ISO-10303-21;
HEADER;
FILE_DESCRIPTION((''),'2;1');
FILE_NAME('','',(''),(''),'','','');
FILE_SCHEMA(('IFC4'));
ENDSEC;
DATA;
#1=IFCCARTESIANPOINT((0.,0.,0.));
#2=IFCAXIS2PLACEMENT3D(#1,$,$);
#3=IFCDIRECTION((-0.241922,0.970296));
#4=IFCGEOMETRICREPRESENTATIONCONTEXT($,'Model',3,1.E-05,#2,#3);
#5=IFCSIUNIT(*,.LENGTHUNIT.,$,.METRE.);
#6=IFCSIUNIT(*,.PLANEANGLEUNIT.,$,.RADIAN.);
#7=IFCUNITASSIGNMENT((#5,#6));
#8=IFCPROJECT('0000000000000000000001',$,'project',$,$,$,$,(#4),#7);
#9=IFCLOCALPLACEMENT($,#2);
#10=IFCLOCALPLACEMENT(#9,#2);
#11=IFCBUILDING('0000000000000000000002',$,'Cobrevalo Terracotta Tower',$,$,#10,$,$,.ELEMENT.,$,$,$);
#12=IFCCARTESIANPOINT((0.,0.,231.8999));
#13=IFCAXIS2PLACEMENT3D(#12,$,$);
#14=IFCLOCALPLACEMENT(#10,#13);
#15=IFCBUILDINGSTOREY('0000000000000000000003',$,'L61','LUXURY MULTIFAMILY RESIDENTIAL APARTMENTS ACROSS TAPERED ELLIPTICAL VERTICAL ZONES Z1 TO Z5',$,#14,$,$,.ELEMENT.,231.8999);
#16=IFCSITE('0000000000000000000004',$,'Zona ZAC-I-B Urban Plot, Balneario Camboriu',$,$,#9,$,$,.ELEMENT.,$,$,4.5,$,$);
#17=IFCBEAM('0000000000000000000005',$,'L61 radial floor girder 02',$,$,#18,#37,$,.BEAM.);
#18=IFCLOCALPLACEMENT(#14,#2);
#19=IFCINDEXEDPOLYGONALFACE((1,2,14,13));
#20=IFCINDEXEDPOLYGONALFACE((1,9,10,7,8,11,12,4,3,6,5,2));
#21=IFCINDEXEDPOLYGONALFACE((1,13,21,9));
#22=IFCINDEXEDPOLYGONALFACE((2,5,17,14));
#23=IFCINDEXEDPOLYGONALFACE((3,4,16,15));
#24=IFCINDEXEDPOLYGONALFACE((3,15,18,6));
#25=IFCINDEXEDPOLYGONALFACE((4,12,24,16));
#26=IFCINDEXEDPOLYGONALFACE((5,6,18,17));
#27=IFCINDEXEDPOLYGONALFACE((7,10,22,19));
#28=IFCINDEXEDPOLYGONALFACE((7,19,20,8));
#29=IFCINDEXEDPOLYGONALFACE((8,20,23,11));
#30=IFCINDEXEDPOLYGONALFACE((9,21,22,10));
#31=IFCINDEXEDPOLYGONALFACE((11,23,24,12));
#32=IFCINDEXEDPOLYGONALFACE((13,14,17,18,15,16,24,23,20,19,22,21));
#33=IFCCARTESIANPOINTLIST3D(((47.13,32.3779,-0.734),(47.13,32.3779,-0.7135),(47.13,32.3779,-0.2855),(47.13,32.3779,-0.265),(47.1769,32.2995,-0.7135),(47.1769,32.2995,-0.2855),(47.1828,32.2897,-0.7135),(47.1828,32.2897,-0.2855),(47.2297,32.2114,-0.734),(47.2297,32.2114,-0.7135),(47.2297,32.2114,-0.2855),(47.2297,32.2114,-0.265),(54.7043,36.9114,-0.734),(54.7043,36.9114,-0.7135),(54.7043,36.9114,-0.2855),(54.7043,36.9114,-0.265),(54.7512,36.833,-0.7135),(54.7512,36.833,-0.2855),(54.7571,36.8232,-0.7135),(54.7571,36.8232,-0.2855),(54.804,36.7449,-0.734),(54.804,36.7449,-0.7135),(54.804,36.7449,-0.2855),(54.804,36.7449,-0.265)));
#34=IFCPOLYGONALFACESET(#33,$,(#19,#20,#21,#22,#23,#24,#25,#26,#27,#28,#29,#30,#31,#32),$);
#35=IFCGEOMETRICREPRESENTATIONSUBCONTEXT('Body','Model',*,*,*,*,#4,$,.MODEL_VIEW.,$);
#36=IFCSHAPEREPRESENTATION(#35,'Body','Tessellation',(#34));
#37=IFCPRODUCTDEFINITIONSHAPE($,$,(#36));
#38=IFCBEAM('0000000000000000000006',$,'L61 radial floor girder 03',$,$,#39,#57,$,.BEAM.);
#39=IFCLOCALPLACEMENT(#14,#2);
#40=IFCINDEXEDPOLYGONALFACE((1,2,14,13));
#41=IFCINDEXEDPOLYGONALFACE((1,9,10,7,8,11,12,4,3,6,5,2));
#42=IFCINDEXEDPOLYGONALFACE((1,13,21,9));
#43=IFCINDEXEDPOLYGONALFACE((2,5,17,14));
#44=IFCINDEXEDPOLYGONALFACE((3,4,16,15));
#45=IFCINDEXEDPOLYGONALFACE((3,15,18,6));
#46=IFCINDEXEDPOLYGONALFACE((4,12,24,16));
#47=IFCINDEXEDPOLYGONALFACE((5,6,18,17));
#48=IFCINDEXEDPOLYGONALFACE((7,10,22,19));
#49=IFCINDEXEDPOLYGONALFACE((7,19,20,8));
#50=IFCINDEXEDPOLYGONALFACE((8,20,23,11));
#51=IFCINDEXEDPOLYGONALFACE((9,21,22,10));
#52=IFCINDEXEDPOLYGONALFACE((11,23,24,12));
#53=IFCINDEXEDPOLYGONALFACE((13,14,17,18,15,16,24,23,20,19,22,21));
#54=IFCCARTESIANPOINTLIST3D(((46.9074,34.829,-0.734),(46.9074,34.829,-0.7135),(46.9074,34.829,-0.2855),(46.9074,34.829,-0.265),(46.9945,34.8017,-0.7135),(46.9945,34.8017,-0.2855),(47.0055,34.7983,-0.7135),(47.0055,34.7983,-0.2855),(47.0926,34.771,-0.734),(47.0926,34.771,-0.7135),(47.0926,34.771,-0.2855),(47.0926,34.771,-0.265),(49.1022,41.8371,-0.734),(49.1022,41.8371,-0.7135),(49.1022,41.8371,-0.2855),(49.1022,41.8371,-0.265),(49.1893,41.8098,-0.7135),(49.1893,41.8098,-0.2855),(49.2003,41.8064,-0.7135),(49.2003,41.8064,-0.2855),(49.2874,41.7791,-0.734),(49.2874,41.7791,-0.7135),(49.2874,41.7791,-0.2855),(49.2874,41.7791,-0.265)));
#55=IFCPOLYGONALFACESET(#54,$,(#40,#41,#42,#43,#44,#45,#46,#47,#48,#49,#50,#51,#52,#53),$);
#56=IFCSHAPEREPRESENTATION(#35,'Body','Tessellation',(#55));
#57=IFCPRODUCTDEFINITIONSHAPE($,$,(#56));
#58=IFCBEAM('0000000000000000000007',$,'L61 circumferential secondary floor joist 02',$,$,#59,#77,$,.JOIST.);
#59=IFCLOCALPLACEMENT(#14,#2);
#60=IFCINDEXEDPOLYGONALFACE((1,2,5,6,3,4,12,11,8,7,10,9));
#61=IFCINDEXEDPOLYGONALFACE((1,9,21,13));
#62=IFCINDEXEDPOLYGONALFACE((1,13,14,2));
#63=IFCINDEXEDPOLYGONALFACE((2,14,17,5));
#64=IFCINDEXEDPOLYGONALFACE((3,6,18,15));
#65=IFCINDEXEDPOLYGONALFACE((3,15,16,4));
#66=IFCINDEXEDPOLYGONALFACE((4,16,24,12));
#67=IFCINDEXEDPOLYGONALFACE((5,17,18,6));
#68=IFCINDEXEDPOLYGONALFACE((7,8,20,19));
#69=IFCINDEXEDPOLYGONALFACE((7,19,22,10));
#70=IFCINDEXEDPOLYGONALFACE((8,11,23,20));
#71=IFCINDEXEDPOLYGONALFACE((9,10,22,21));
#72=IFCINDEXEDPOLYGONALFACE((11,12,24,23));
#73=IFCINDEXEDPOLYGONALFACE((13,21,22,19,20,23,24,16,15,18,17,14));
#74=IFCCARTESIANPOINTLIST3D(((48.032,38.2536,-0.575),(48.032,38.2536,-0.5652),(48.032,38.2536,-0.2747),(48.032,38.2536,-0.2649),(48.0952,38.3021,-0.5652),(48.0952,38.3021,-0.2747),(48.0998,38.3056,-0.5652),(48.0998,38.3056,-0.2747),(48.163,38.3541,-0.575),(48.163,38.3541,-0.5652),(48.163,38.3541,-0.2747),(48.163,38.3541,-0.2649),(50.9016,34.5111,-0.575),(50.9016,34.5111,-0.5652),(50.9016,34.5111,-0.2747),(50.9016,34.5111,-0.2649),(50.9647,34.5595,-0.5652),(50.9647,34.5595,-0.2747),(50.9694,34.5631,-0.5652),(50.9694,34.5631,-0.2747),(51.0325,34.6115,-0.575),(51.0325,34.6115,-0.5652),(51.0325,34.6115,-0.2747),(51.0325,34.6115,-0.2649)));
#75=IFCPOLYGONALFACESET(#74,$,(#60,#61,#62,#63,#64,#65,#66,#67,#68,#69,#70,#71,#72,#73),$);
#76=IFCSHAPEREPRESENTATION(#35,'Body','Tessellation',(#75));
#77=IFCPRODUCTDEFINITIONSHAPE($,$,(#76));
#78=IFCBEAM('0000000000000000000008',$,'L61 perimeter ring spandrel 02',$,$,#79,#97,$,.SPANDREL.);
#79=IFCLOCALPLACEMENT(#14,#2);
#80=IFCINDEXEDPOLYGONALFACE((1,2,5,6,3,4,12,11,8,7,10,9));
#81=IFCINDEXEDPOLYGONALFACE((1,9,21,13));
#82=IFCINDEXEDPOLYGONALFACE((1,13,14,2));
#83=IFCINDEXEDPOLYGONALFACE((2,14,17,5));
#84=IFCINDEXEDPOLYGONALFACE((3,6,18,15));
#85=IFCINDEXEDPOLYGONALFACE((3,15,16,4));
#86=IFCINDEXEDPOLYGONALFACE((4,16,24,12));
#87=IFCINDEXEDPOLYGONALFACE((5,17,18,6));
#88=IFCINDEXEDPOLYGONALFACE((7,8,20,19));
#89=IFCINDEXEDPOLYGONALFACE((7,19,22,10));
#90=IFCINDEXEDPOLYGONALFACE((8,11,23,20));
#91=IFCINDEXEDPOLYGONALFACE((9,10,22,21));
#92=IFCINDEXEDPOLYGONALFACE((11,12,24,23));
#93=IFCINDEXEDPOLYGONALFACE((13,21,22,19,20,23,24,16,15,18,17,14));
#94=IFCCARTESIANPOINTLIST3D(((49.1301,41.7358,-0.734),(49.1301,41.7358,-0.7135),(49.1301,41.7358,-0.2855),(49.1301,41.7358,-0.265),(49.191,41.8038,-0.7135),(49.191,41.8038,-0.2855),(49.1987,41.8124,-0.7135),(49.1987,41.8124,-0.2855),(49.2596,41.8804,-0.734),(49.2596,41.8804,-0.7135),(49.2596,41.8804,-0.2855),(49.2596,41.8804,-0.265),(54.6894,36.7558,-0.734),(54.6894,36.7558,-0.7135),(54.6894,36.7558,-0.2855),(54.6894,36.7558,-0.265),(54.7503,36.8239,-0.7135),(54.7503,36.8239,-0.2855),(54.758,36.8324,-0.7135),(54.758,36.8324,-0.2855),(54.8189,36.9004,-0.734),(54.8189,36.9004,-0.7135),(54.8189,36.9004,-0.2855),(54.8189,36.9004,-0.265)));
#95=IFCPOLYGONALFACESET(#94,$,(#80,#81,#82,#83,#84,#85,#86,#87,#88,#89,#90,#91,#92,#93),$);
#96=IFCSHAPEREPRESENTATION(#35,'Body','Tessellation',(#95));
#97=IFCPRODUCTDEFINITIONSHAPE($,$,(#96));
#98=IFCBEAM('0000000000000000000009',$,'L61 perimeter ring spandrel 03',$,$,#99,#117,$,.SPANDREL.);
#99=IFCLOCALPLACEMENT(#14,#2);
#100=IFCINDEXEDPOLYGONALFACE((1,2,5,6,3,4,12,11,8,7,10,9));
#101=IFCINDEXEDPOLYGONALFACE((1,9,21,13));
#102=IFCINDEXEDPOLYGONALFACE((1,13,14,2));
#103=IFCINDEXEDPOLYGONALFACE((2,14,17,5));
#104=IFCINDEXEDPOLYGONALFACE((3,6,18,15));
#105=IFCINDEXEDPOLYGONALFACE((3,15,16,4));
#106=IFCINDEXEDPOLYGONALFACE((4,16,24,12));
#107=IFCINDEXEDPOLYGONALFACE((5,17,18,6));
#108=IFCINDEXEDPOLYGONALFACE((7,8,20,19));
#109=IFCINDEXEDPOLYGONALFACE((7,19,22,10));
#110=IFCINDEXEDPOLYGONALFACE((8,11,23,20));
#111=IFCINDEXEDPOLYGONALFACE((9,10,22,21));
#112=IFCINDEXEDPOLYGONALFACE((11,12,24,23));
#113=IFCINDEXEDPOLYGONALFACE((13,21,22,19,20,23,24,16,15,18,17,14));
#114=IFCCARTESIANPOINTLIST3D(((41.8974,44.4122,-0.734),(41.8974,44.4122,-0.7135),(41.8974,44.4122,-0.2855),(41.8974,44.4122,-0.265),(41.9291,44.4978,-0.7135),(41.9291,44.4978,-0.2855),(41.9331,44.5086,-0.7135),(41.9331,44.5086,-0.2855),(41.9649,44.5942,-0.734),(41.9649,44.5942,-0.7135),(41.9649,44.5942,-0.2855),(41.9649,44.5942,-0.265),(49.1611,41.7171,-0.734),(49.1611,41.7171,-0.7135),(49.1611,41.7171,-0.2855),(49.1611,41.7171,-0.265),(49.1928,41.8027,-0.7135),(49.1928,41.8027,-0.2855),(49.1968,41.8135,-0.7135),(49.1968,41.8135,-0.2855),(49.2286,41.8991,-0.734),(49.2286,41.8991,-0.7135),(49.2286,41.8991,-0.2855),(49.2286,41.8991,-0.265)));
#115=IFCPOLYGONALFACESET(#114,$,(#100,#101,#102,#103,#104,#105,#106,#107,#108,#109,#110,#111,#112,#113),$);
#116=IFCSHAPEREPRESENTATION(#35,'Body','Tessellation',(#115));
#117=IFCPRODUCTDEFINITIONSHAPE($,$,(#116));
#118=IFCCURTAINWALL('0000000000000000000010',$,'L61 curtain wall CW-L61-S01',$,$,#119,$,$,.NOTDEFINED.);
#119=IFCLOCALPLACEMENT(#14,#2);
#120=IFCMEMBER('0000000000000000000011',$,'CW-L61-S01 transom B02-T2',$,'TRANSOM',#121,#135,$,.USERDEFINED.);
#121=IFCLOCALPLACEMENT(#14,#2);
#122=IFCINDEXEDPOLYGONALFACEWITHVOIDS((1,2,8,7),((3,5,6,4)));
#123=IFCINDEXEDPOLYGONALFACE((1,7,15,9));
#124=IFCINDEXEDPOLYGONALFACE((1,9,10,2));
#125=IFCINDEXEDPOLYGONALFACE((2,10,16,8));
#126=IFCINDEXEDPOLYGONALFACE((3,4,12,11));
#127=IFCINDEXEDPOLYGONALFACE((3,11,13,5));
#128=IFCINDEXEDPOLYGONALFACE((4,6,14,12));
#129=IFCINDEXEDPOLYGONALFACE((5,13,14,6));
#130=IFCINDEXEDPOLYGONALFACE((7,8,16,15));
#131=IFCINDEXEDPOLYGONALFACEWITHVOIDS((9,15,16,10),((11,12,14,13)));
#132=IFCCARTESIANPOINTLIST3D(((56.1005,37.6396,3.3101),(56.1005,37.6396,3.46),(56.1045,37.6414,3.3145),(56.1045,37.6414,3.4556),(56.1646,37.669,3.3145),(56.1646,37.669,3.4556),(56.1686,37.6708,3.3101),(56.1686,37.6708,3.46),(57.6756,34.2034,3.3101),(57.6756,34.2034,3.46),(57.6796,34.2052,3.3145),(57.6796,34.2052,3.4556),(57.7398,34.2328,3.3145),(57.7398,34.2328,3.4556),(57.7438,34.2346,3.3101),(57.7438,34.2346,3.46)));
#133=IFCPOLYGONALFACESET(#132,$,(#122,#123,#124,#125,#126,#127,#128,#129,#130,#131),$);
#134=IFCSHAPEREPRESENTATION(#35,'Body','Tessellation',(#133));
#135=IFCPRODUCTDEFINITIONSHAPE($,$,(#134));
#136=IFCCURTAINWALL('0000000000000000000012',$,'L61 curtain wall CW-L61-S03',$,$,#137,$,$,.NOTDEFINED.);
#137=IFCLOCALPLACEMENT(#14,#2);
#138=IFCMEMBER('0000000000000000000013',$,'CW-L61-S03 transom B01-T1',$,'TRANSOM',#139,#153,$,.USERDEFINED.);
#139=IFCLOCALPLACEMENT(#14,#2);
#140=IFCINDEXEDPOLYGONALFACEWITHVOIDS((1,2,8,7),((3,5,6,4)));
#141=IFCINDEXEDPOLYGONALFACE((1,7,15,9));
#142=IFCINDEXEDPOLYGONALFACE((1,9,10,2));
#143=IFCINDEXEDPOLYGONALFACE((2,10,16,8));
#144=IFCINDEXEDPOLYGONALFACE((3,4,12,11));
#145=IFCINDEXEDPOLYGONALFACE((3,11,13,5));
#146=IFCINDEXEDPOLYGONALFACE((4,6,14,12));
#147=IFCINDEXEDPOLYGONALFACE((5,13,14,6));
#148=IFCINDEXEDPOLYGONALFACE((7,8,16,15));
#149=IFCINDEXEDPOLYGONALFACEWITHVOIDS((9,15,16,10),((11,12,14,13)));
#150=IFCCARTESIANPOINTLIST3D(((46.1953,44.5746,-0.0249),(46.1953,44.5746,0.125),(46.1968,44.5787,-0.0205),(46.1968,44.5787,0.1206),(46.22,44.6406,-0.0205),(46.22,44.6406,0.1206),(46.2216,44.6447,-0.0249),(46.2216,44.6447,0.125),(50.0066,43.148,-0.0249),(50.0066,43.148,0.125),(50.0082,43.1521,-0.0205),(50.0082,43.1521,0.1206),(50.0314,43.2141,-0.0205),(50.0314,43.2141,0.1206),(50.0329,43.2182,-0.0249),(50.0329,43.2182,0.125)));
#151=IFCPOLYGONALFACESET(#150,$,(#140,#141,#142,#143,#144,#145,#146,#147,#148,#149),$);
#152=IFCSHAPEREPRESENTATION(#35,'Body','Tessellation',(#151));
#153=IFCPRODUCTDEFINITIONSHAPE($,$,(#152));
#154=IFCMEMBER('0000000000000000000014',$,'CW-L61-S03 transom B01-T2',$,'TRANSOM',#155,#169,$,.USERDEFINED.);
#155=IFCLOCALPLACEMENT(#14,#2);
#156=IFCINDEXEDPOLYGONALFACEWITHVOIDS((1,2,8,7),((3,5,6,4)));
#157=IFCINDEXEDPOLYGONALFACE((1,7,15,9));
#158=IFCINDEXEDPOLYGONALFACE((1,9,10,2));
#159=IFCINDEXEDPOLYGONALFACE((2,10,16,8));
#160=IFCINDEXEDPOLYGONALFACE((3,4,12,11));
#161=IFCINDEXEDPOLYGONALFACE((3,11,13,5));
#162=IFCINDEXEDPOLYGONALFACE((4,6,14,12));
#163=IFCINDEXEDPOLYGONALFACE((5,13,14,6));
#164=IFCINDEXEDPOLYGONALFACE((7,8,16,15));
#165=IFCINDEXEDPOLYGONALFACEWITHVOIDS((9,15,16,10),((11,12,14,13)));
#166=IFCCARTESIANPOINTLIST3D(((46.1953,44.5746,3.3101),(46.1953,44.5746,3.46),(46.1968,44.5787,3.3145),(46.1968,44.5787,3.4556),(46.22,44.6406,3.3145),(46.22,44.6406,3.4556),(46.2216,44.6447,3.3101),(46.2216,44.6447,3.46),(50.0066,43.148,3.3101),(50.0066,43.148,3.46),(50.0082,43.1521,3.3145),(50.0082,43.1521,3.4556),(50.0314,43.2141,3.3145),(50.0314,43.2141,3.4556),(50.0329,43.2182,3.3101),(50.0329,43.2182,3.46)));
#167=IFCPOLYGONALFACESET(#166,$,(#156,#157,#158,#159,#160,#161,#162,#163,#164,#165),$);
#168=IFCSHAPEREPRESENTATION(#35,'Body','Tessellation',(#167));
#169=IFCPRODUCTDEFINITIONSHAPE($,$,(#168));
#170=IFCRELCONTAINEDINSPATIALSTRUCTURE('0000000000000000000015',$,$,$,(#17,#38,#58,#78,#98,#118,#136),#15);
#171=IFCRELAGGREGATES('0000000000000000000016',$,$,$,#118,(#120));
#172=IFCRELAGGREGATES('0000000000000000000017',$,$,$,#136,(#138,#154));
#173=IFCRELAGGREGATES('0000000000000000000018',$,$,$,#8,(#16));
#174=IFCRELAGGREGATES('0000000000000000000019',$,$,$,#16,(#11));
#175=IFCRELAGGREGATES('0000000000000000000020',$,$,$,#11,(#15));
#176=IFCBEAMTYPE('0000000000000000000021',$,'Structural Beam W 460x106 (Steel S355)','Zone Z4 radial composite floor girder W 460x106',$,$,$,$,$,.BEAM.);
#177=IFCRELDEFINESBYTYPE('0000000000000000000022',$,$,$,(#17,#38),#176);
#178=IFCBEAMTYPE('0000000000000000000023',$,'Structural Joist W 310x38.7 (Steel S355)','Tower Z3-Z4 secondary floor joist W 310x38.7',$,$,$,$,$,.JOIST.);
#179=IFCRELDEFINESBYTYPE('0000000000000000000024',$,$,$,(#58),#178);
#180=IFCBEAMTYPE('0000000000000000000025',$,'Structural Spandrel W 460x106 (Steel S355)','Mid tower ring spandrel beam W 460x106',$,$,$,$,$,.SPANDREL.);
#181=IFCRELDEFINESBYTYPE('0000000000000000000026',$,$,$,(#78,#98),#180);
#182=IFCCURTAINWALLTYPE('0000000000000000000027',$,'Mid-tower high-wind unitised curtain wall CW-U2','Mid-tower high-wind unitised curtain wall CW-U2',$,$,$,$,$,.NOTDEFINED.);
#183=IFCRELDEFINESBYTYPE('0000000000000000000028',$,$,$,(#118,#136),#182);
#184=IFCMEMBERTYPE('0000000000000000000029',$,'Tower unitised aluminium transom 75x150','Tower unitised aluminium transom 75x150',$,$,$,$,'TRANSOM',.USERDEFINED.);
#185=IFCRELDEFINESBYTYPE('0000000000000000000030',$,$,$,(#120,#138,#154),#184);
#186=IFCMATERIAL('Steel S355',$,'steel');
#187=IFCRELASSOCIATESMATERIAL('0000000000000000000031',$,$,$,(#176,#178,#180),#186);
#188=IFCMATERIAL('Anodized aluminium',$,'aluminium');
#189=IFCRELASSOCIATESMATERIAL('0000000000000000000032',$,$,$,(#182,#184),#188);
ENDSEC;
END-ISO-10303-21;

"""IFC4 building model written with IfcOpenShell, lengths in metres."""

from ifc_helpers import new_model, si_unit, direction, frame, origin, origin_2d, place, context, subcontext, project, spatial, hollow_rectangle, i_section, extrude, source, transform, mapped, material, material_profile, profile_set, type_object, element, aggregate, save


model = new_model("IFC4")

# Units and contexts
model_context = context("Model", 3, precision=1e-05, world=origin(), true_north=direction((-0.241922, 0.970296)))
body_context = subcontext(model_context, "Body", "Model", "MODEL_VIEW")
ifc_project = project(units=[si_unit("LENGTHUNIT", "METRE"), si_unit("PLANEANGLEUNIT", "RADIAN")], contexts=[model_context])

# Site, building, storey
site_placement = place(None, origin())
site = spatial("IfcSite", under=ifc_project, at=site_placement, Name="Zona ZAC-I-B Urban Plot, Balneario Camboriu", CompositionType="ELEMENT", RefElevation=4.5)
building_placement = place(site_placement, origin())
building = spatial("IfcBuilding", under=site, at=building_placement, Name="Cobrevalo Terracotta Tower", CompositionType="ELEMENT")
storey_placement = place(building_placement, frame((0.0, 0.0, 231.8999)))
storey = spatial("IfcBuildingStorey", under=building, at=storey_placement, Name="L61", Description="LUXURY MULTIFAMILY RESIDENTIAL APARTMENTS ACROSS TAPERED ELLIPTICAL VERTICAL ZONES Z1 TO Z5", CompositionType="ELEMENT", Elevation=231.8999)

# Shared definitions
ifc_material_1 = material(Name="Steel S355", Category="steel")

# Beams
ifc_material_profile_1 = material_profile(ifc_material_1, i_section(OverallWidth=0.1941, OverallDepth=0.469, WebThickness=0.0115, FlangeThickness=0.0205, at=origin_2d()), Name="W 460x106")
ifc_profile_set_1 = profile_set([ifc_material_profile_1], Name="Steel S355")
beam_type_1 = type_object("IfcBeamType", Name="Structural Beam W 460x106 (Steel S355)", Description="Zone Z4 radial composite floor girder W 460x106", PredefinedType="BEAM", material=ifc_profile_set_1)
beam_1_placement = place(storey_placement, frame((54.7542, 36.8281, -0.4995), z_axis=(-0.858046, -0.513572, 0.0), x_axis=(0.513572, -0.858046, 0.0)))
element("IfcBeam", 1, at=beam_1_placement, inside=storey, type_object=beam_type_1, Name="L61 radial floor girder 02", PredefinedType="BEAM", context=body_context, shape_type="SweptSolid", body=[
    extrude(i_section(OverallWidth=0.1941, OverallDepth=0.469, WebThickness=0.0115, FlangeThickness=0.0205, at=origin_2d()), origin(), (0.0, 0.0, 1.0), 8.8274),
])
beam_2_placement = place(storey_placement, frame((49.1948, 41.8081, -0.4995), z_axis=(-0.298871, -0.954293, 0.0), x_axis=(0.954293, -0.298871, 0.0)))
element("IfcBeam", 2, at=beam_2_placement, inside=storey, type_object=beam_type_1, Name="L61 radial floor girder 03", PredefinedType="BEAM", context=body_context, shape_type="SweptSolid", body=[
    extrude(i_section(OverallWidth=0.1941, OverallDepth=0.469, WebThickness=0.0115, FlangeThickness=0.0205, at=origin_2d()), origin(), (0.0, 0.0, 1.0), 7.3438),
])
ifc_material_profile_2 = material_profile(ifc_material_1, i_section(OverallWidth=0.165, OverallDepth=0.3101, WebThickness=0.0059, FlangeThickness=0.0098, at=origin_2d()), Name="W 310x38.7")
ifc_profile_set_2 = profile_set([ifc_material_profile_2], Name="Steel S355")
beam_type_2 = type_object("IfcBeamType", Name="Structural Joist W 310x38.7 (Steel S355)", Description="Tower Z3-Z4 secondary floor joist W 310x38.7", PredefinedType="JOIST", material=ifc_profile_set_2)
beam_3_placement = place(storey_placement, frame((50.967, 34.5613, -0.4199), z_axis=(-0.608464, 0.793581, 0.0), x_axis=(-0.793581, -0.608464, 0.0)))
element("IfcBeam", 3, at=beam_3_placement, inside=storey, type_object=beam_type_2, Name="L61 circumferential secondary floor joist 02", PredefinedType="JOIST", context=body_context, shape_type="SweptSolid", body=[
    extrude(i_section(OverallWidth=0.165, OverallDepth=0.3101, WebThickness=0.0059, FlangeThickness=0.0098, at=origin_2d()), origin(), (0.0, 0.0, 1.0), 4.7161),
])
ifc_material_profile_3 = material_profile(ifc_material_1, i_section(OverallWidth=0.1941, OverallDepth=0.469, WebThickness=0.0115, FlangeThickness=0.0205, at=origin_2d()), Name="W 460x106")
ifc_profile_set_3 = profile_set([ifc_material_profile_3], Name="Steel S355")
beam_type_3 = type_object("IfcBeamType", Name="Structural Spandrel W 460x106 (Steel S355)", Description="Mid tower ring spandrel beam W 460x106", PredefinedType="SPANDREL", material=ifc_profile_set_3)
beam_4_placement = place(storey_placement, frame((54.7542, 36.8281, -0.4995), z_axis=(-0.744852, 0.66723, 0.0), x_axis=(-0.66723, -0.744852, 0.0)))
element("IfcBeam", 4, at=beam_4_placement, inside=storey, type_object=beam_type_3, Name="L61 perimeter ring spandrel 02", PredefinedType="SPANDREL", context=body_context, shape_type="SweptSolid", body=[
    extrude(i_section(OverallWidth=0.1941, OverallDepth=0.469, WebThickness=0.0115, FlangeThickness=0.0205, at=origin_2d()), origin(), (0.0, 0.0, 1.0), 7.4636),
])
beam_5_placement = place(storey_placement, frame((49.1948, 41.8081, -0.4995), z_axis=(-0.937546, 0.347861, 0.0), x_axis=(-0.347861, -0.937546, 0.0)))
element("IfcBeam", 5, at=beam_5_placement, inside=storey, type_object=beam_type_3, Name="L61 perimeter ring spandrel 03", PredefinedType="SPANDREL", context=body_context, shape_type="SweptSolid", body=[
    extrude(i_section(OverallWidth=0.1941, OverallDepth=0.469, WebThickness=0.0115, FlangeThickness=0.0205, at=origin_2d()), origin(), (0.0, 0.0, 1.0), 7.7476),
])

# Curtain wall, member
ifc_material_2 = material(Name="Anodized aluminium", Category="aluminium")
curtain_wall_type = type_object("IfcCurtainWallType", Name="Mid-tower high-wind unitised curtain wall CW-U2", Description="Mid-tower high-wind unitised curtain wall CW-U2", PredefinedType="NOTDEFINED", material=ifc_material_2)
curtain_wall_1_placement = place(storey_placement, origin())
curtain_wall_1 = element("IfcCurtainWall", 6, at=curtain_wall_1_placement, inside=storey, type_object=curtain_wall_type, Name="L61 curtain wall CW-L61-S01", PredefinedType="NOTDEFINED")
ifc_material_profile_4 = material_profile(ifc_material_2, hollow_rectangle(XDim=0.075, YDim=0.1499, WallThickness=0.0044, at=origin_2d()), Name="CWT 75x150")
ifc_profile_set_4 = profile_set([ifc_material_profile_4], Name="Anodized aluminium")
member_type_1 = type_object("IfcMemberType", Name="Tower unitised aluminium transom 75x150", Description="Tower unitised aluminium transom 75x150", ElementType="TRANSOM", PredefinedType="USERDEFINED", material=ifc_profile_set_4)
shared_shape_1 = source(origin(), body_context, "Body", "SweptSolid", [
    extrude(hollow_rectangle(XDim=0.075, YDim=0.1499, WallThickness=0.0044, at=origin_2d()), origin(), (0.0, 0.0, 1.0), 3.78),
])
member_1_placement = place(storey_placement, frame((57.7097, 34.219, 3.385), z_axis=(-0.416706, 0.909041, 0.0), x_axis=(-0.909041, -0.416706, 0.0)))
member_1 = element("IfcMember", 7, at=member_1_placement, type_object=member_type_1, Name="CW-L61-S01 transom B02-T2", ObjectType="TRANSOM", PredefinedType="USERDEFINED", context=body_context, shape_type="MappedRepresentation", body=[
    mapped(shared_shape_1, transform((0.0, 0.0, 0.0), scale=1.0)),
])

# Curtain wall, members
curtain_wall_2_placement = place(storey_placement, origin())
curtain_wall_2 = element("IfcCurtainWall", 8, at=curtain_wall_2_placement, inside=storey, type_object=curtain_wall_type, Name="L61 curtain wall CW-L61-S03", PredefinedType="NOTDEFINED")
shared_shape_2 = source(origin(), body_context, "Body", "SweptSolid", [
    extrude(hollow_rectangle(XDim=0.075, YDim=0.1499, WallThickness=0.0044, at=origin_2d()), origin(), (0.0, 0.0, 1.0), 4.0696),
])
member_2_placement = place(storey_placement, frame((50.0198, 43.1831, 0.05), z_axis=(-0.936548, 0.350538, 0.0), x_axis=(-0.350538, -0.936548, 0.0)))
member_2 = element("IfcMember", 9, at=member_2_placement, type_object=member_type_1, Name="CW-L61-S03 transom B01-T1", ObjectType="TRANSOM", PredefinedType="USERDEFINED", context=body_context, shape_type="MappedRepresentation", body=[
    mapped(shared_shape_2, transform((0.0, 0.0, 0.0), scale=1.0)),
])
member_3_placement = place(storey_placement, frame((50.0198, 43.1831, 3.385), z_axis=(-0.936548, 0.350538, 0.0), x_axis=(-0.350538, -0.936548, 0.0)))
member_3 = element("IfcMember", 10, at=member_3_placement, type_object=member_type_1, Name="CW-L61-S03 transom B01-T2", ObjectType="TRANSOM", PredefinedType="USERDEFINED", context=body_context, shape_type="MappedRepresentation", body=[
    mapped(shared_shape_2, transform((0.0, 0.0, 0.0), scale=1.0)),
])

aggregate(curtain_wall_1, [member_1])
aggregate(curtain_wall_2, [member_2, member_3])

save(model, "model.ifc")
